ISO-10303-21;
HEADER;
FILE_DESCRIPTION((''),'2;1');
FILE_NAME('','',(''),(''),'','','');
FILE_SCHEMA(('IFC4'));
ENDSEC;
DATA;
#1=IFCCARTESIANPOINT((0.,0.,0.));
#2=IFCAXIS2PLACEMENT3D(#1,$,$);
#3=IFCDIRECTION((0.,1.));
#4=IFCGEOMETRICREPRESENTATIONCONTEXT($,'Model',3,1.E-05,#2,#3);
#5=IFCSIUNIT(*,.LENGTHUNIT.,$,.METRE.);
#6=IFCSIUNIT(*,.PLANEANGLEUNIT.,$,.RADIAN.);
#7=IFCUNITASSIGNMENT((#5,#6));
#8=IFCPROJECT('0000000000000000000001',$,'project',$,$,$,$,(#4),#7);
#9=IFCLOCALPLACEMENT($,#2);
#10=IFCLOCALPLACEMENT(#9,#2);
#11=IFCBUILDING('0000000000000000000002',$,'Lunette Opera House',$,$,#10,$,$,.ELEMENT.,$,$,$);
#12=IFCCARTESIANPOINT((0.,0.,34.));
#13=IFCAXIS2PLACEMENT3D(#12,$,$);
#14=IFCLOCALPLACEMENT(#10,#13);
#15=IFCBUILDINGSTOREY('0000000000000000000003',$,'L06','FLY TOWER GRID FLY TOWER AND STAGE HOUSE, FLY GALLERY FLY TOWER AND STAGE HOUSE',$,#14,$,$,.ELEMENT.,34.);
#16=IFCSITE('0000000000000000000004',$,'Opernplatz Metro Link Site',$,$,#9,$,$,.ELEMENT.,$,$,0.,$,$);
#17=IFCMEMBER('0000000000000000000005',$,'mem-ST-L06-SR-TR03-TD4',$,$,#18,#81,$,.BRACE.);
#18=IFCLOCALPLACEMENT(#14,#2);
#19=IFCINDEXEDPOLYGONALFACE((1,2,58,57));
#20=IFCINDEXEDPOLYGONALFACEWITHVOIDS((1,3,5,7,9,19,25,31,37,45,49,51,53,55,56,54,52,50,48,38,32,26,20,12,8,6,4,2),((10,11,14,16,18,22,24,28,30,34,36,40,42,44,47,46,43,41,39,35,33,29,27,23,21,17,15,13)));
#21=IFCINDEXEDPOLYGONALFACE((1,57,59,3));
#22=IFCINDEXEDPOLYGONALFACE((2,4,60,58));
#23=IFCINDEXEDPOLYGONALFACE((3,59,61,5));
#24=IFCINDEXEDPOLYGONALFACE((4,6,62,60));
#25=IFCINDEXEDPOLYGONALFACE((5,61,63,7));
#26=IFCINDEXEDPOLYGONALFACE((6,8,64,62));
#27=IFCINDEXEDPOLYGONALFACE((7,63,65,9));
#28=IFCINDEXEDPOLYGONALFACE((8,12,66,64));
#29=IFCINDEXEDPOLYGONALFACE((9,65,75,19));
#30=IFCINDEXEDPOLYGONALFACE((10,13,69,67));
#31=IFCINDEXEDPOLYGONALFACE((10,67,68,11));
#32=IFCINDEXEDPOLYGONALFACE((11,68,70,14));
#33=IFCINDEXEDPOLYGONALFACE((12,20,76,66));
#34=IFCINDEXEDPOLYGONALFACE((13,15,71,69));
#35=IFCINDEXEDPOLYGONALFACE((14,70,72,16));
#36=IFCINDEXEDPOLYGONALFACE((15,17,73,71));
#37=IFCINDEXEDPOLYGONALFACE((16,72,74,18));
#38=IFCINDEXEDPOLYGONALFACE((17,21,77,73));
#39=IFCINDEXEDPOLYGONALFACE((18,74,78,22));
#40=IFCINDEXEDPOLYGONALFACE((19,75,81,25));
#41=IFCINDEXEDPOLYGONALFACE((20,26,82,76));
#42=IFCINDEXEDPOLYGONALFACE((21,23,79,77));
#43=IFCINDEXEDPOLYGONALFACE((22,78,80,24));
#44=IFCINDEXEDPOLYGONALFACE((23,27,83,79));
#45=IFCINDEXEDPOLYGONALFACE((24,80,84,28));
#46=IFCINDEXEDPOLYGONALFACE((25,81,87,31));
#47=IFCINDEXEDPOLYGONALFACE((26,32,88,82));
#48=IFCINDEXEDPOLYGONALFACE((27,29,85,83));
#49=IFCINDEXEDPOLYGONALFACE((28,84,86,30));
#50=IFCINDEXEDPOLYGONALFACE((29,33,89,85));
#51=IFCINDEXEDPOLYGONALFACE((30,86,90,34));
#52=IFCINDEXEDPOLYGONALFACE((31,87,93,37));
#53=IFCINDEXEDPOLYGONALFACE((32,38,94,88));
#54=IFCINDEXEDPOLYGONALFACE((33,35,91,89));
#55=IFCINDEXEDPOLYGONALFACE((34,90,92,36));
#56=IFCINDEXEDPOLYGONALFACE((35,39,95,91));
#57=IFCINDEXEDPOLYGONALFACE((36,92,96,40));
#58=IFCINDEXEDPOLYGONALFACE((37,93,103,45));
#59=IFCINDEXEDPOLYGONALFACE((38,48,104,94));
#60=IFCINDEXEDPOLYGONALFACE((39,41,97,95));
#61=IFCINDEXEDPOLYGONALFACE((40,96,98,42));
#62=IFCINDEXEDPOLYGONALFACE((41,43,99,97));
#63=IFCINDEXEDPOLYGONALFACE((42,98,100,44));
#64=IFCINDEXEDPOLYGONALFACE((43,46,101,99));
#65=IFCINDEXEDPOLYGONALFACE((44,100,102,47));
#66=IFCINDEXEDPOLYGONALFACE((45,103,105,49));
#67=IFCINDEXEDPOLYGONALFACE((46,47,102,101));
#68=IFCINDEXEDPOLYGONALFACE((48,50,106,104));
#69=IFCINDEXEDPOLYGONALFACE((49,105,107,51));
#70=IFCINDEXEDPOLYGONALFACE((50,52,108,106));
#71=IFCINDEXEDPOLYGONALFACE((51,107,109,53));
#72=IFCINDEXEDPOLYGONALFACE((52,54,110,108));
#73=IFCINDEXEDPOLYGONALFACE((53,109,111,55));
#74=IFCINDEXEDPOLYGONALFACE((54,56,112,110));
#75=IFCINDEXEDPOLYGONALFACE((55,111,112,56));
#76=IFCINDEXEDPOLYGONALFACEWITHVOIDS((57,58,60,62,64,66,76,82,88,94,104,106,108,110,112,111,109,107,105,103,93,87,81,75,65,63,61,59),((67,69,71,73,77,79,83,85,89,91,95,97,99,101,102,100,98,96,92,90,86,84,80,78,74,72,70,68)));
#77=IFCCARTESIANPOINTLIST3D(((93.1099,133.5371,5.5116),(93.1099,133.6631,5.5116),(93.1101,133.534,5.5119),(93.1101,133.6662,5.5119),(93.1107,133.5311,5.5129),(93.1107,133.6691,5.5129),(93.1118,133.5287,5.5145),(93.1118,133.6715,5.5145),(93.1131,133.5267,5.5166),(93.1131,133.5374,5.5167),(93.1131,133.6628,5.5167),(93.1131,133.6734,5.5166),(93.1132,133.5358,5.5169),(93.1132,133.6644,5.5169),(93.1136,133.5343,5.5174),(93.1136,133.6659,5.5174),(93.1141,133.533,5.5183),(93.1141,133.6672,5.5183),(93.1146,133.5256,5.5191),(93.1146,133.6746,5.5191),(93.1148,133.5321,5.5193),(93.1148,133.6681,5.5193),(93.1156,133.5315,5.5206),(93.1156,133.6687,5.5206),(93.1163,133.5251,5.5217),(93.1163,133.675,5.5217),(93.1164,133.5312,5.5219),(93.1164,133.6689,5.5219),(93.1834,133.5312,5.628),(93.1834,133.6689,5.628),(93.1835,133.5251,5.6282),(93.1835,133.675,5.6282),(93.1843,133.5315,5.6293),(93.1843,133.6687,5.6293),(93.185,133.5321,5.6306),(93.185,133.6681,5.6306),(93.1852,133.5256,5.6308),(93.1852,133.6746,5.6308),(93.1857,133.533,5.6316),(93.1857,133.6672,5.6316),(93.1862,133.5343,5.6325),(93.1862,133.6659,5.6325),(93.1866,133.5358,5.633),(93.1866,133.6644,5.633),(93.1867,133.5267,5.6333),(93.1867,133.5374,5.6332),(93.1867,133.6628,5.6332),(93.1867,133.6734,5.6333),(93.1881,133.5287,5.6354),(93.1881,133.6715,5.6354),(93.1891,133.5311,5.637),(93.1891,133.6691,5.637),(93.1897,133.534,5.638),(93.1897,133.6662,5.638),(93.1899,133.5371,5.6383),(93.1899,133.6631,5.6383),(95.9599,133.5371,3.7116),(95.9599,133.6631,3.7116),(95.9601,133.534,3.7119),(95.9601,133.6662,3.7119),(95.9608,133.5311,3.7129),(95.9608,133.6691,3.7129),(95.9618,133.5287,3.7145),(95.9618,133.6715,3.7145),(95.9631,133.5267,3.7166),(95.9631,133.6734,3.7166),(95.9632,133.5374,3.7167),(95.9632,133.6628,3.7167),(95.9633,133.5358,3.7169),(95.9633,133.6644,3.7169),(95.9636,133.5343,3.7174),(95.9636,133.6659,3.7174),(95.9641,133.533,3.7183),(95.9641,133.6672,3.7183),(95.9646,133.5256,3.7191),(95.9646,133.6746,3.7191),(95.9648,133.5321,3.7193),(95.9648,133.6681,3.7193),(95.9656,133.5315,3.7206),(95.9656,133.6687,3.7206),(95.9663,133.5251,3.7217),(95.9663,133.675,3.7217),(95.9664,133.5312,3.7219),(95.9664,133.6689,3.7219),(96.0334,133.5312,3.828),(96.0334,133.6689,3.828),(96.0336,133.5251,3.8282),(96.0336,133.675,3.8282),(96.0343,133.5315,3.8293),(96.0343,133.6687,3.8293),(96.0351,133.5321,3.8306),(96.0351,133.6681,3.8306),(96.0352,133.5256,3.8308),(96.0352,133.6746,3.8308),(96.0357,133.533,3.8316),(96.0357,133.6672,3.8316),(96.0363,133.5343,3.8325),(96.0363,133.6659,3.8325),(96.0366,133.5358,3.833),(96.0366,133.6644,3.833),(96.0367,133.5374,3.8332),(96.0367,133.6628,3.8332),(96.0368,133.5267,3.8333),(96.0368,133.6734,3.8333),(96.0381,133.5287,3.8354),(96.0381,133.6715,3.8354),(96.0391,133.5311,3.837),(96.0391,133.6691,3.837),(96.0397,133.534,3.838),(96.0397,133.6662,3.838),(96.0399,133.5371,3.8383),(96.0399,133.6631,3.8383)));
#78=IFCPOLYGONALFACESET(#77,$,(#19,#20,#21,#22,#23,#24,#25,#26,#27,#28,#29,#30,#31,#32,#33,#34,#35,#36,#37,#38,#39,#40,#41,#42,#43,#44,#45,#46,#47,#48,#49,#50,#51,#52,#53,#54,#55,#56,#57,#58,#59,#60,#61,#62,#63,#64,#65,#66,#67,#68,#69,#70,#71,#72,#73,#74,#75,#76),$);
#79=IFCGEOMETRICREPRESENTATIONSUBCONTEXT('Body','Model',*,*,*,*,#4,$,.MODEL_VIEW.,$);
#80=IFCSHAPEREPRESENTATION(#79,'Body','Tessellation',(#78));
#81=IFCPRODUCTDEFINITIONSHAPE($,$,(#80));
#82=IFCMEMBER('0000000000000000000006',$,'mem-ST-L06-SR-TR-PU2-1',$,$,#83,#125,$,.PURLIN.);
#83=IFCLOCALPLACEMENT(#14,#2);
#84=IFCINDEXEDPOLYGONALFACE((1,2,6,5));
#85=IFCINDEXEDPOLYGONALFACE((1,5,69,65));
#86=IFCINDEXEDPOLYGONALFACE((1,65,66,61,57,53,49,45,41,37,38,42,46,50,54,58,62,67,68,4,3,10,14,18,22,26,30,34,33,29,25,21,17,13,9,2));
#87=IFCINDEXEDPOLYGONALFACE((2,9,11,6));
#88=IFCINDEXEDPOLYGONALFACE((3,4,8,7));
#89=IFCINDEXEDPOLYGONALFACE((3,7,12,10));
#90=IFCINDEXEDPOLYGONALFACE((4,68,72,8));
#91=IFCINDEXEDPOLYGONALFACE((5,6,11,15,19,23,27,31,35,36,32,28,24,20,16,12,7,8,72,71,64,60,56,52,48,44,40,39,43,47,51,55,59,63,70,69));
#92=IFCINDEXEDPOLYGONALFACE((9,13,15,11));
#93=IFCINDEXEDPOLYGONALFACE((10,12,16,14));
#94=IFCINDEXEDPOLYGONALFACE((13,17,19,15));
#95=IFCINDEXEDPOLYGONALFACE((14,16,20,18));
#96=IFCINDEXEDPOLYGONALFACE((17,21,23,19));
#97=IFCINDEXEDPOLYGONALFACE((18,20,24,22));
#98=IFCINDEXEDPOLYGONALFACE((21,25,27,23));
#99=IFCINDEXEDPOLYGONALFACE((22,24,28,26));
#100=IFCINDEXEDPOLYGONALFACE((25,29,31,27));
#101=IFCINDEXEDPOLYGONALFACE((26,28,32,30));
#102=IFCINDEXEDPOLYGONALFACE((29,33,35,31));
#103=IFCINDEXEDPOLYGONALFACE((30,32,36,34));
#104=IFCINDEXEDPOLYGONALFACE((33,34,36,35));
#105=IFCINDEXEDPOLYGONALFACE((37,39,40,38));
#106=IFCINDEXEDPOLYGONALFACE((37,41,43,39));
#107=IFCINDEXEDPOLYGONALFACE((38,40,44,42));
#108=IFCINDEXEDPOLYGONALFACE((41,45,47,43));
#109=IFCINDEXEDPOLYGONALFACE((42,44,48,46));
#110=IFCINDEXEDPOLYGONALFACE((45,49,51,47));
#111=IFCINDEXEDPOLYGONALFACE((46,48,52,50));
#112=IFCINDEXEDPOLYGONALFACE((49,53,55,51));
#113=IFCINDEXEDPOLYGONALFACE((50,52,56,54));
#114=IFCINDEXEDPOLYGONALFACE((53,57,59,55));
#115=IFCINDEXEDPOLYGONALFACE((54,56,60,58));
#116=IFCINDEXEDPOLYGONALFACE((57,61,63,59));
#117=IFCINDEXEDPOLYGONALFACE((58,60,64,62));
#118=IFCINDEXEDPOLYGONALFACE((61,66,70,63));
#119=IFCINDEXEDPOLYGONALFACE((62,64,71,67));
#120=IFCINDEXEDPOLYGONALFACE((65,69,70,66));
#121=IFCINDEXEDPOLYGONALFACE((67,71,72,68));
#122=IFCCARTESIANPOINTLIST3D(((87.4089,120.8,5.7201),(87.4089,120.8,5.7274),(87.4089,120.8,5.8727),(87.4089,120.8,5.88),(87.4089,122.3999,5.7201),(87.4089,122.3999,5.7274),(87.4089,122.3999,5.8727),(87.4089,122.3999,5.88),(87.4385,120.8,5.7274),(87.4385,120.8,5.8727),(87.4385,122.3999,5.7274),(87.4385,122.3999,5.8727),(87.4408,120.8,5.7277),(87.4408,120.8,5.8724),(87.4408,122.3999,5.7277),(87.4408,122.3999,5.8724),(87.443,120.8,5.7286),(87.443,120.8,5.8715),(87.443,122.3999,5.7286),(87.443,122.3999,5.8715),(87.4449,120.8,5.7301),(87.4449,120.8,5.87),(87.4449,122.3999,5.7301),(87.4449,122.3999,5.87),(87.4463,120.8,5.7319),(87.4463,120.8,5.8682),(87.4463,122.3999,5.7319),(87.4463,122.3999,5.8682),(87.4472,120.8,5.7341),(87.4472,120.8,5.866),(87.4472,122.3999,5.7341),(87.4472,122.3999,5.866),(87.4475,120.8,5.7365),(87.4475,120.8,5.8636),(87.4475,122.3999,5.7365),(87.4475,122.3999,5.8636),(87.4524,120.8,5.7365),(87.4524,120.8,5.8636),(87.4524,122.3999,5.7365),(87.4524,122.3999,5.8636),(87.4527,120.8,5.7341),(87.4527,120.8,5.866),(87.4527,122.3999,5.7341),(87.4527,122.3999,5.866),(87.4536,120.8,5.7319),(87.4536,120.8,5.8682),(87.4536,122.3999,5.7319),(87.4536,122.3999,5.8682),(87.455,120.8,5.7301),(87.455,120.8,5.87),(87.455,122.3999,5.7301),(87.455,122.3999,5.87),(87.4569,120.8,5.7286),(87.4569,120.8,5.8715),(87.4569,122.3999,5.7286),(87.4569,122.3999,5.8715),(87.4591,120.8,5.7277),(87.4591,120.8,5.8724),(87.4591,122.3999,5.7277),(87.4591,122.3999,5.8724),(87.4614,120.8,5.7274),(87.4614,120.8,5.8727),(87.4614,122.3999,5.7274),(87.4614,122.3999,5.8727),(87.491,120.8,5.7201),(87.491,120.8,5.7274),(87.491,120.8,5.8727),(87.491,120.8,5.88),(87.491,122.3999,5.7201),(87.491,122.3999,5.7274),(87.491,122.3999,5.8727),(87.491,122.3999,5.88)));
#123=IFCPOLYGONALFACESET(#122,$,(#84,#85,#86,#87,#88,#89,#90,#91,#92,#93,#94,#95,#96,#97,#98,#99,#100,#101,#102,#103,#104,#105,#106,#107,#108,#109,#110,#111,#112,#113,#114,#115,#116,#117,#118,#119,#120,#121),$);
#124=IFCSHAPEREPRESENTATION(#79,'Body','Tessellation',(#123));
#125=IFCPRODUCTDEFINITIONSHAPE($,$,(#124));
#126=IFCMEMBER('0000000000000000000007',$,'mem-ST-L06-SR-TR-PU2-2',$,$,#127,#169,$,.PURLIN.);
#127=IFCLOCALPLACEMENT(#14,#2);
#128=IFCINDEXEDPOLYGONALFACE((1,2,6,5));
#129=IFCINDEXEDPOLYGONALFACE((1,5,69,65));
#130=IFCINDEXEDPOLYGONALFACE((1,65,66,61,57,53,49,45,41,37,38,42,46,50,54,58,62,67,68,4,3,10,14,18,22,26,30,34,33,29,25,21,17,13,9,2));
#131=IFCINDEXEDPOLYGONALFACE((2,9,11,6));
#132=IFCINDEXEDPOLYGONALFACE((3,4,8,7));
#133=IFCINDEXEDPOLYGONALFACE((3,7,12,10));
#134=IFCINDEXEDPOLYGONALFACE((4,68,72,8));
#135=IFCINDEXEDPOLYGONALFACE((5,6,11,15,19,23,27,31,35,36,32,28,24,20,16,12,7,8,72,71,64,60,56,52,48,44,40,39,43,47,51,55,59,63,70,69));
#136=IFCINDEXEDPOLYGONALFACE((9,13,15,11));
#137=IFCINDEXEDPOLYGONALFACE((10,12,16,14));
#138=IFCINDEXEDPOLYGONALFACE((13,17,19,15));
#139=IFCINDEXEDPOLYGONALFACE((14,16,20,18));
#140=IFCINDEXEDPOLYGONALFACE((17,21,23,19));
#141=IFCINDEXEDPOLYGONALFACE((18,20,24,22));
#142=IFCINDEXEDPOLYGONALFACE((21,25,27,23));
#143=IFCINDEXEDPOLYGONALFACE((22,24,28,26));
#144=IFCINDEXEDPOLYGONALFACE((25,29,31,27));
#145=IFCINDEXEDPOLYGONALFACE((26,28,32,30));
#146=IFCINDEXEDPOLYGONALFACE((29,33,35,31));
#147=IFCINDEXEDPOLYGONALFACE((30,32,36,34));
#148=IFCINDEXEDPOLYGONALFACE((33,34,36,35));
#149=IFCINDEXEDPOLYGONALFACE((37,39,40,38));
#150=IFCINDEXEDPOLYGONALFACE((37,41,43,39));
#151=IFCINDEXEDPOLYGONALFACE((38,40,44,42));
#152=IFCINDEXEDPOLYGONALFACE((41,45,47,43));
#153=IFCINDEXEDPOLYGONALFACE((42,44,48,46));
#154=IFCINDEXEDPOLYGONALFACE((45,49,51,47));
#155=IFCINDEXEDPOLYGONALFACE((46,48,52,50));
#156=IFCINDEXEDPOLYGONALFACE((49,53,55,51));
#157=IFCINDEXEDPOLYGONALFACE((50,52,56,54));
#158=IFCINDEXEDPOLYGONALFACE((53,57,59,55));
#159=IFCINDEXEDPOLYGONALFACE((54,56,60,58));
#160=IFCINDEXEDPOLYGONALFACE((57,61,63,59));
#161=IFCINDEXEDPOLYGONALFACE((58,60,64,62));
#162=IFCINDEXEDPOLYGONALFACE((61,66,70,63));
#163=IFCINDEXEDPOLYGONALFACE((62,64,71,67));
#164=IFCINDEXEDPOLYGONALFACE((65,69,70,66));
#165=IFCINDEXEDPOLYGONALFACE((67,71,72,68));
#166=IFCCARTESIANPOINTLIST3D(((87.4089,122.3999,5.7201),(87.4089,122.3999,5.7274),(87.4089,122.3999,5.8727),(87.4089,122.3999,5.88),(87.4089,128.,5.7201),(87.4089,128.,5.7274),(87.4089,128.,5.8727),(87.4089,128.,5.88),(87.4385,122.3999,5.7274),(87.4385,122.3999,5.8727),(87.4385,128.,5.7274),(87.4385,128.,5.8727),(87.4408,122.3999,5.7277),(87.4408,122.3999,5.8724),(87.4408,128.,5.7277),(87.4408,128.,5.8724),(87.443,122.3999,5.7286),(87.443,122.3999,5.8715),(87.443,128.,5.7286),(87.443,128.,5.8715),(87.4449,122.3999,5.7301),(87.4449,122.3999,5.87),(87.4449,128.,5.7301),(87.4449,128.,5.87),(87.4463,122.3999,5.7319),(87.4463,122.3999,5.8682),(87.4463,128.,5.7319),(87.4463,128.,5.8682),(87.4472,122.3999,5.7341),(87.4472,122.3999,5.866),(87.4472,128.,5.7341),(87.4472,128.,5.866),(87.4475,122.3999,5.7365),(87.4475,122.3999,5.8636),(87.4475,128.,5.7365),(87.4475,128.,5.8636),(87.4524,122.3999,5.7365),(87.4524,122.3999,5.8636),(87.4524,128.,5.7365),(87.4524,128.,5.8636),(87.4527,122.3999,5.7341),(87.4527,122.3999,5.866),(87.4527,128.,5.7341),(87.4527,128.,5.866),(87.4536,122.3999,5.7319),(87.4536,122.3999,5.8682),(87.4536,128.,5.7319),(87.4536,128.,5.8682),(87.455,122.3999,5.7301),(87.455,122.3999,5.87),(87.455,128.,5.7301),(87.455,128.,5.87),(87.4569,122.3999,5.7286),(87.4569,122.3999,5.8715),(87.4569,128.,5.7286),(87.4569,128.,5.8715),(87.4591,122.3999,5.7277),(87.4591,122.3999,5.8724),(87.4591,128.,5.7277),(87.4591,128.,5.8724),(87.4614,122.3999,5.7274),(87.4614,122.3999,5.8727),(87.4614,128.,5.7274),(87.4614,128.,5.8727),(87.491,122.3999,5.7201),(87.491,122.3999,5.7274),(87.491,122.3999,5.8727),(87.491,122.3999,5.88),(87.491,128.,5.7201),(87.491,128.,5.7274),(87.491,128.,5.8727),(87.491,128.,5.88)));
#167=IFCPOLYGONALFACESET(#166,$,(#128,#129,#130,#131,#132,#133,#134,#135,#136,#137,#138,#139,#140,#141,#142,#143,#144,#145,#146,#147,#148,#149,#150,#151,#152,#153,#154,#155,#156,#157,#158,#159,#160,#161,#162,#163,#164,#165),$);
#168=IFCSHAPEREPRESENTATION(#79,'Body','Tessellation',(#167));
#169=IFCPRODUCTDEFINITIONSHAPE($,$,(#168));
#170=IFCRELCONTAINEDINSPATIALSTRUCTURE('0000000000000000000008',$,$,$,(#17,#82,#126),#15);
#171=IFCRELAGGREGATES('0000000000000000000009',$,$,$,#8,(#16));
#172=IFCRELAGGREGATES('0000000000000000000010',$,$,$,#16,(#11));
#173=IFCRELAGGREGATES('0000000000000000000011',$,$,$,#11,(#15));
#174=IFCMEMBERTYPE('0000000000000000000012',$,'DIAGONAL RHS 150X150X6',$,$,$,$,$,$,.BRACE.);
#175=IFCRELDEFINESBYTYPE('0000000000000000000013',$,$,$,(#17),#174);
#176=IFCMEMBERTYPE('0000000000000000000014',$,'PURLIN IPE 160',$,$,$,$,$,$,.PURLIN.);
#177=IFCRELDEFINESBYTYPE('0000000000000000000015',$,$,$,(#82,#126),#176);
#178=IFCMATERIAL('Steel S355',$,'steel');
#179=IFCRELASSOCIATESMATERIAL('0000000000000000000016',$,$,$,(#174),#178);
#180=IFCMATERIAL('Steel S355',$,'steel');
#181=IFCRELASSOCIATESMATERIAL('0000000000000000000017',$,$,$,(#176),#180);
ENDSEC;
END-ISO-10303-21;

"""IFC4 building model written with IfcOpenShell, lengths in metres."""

from ifc_helpers import new_model, si_unit, direction, frame, origin, origin_2d, place, context, subcontext, project, spatial, hollow_rectangle, i_section, extrude, material, material_profile, profile_set, type_object, element, save


model = new_model("IFC4")

# Units and contexts
model_context = context("Model", 3, precision=1e-05, world=origin(), true_north=direction((0.0, 1.0)))
body_context = subcontext(model_context, "Body", "Model", "MODEL_VIEW")
ifc_project = project(units=[si_unit("LENGTHUNIT", "METRE"), si_unit("PLANEANGLEUNIT", "RADIAN")], contexts=[model_context])

# Site, building, storey
site_placement = place(None, origin())
site = spatial("IfcSite", under=ifc_project, at=site_placement, Name="Opernplatz Metro Link Site", CompositionType="ELEMENT", RefElevation=0.0)
building_placement = place(site_placement, origin())
building = spatial("IfcBuilding", under=site, at=building_placement, Name="Lunette Opera House", CompositionType="ELEMENT")
storey_placement = place(building_placement, frame((0.0, 0.0, 34.0)))
storey = spatial("IfcBuildingStorey", under=building, at=storey_placement, Name="L06", Description="FLY TOWER GRID FLY TOWER AND STAGE HOUSE, FLY GALLERY FLY TOWER AND STAGE HOUSE", CompositionType="ELEMENT", Elevation=34.0)

# Members
ifc_material_1 = material(Name="Steel S355", Category="steel")
ifc_material_profile_1 = material_profile(ifc_material_1, hollow_rectangle(XDim=0.1499, YDim=0.1499, WallThickness=0.0061, InnerFilletRadius=0.0061, OuterFilletRadius=0.012, at=origin_2d()), Name="RHS 150X150X6")
ifc_profile_set_1 = profile_set([ifc_material_profile_1], Name="Steel S355")
member_type_1 = type_object("IfcMemberType", Name="DIAGONAL RHS 150X150X6", PredefinedType="BRACE", material=ifc_profile_set_1)
for number, where, z_axis, x_axis, name in (
    (1, (93.1499, 133.6001, 5.575), (0.845491, 0.0, -0.53399), (0.0, 1.0, 0.0), "mem-ST-L06-SR-TR03-TD4"),
):
    element("IfcMember", number, at=place(storey_placement, frame(where, z_axis=z_axis, x_axis=x_axis)), inside=storey, type_object=member_type_1, Name=name, PredefinedType="BRACE", context=body_context, shape_type="SweptSolid", body=[
        extrude(hollow_rectangle(XDim=0.1499, YDim=0.1499, WallThickness=0.0061, InnerFilletRadius=0.0061, OuterFilletRadius=0.012, at=origin_2d()), origin(), (0.0, 0.0, 1.0), 3.3708),
    ])
ifc_material_2 = material(Name="Steel S355", Category="steel")
ifc_material_profile_2 = material_profile(ifc_material_2, i_section(OverallWidth=0.082, OverallDepth=0.1599, WebThickness=0.0049, FlangeThickness=0.0073, FilletRadius=0.009, at=origin_2d()), Name="IPE 160")
ifc_profile_set_2 = profile_set([ifc_material_profile_2], Name="Steel S355")
member_type_2 = type_object("IfcMemberType", Name="PURLIN IPE 160", PredefinedType="PURLIN", material=ifc_profile_set_2)
member_1_placement = place(storey_placement, frame((87.45, 120.8, 5.8), z_axis=(0.0, 1.0, 0.0), x_axis=(-1.0, 0.0, 0.0)))
element("IfcMember", 2, at=member_1_placement, inside=storey, type_object=member_type_2, Name="mem-ST-L06-SR-TR-PU2-1", PredefinedType="PURLIN", context=body_context, shape_type="SweptSolid", body=[
    extrude(i_section(OverallWidth=0.082, OverallDepth=0.1599, WebThickness=0.0049, FlangeThickness=0.0073, FilletRadius=0.009, at=origin_2d()), origin(), (0.0, 0.0, 1.0), 1.5999),
])
for number, where, z_axis, x_axis, name in (
    (3, (87.45, 122.3999, 5.8), (0.0, 1.0, 0.0), (-1.0, 0.0, 0.0), "mem-ST-L06-SR-TR-PU2-2"),
):
    element("IfcMember", number, at=place(storey_placement, frame(where, z_axis=z_axis, x_axis=x_axis)), inside=storey, type_object=member_type_2, Name=name, PredefinedType="PURLIN", context=body_context, shape_type="SweptSolid", body=[
        extrude(i_section(OverallWidth=0.082, OverallDepth=0.1599, WebThickness=0.0049, FlangeThickness=0.0073, FilletRadius=0.009, at=origin_2d()), origin(), (0.0, 0.0, 1.0), 5.6001),
    ])

save(model, "model.ifc")
